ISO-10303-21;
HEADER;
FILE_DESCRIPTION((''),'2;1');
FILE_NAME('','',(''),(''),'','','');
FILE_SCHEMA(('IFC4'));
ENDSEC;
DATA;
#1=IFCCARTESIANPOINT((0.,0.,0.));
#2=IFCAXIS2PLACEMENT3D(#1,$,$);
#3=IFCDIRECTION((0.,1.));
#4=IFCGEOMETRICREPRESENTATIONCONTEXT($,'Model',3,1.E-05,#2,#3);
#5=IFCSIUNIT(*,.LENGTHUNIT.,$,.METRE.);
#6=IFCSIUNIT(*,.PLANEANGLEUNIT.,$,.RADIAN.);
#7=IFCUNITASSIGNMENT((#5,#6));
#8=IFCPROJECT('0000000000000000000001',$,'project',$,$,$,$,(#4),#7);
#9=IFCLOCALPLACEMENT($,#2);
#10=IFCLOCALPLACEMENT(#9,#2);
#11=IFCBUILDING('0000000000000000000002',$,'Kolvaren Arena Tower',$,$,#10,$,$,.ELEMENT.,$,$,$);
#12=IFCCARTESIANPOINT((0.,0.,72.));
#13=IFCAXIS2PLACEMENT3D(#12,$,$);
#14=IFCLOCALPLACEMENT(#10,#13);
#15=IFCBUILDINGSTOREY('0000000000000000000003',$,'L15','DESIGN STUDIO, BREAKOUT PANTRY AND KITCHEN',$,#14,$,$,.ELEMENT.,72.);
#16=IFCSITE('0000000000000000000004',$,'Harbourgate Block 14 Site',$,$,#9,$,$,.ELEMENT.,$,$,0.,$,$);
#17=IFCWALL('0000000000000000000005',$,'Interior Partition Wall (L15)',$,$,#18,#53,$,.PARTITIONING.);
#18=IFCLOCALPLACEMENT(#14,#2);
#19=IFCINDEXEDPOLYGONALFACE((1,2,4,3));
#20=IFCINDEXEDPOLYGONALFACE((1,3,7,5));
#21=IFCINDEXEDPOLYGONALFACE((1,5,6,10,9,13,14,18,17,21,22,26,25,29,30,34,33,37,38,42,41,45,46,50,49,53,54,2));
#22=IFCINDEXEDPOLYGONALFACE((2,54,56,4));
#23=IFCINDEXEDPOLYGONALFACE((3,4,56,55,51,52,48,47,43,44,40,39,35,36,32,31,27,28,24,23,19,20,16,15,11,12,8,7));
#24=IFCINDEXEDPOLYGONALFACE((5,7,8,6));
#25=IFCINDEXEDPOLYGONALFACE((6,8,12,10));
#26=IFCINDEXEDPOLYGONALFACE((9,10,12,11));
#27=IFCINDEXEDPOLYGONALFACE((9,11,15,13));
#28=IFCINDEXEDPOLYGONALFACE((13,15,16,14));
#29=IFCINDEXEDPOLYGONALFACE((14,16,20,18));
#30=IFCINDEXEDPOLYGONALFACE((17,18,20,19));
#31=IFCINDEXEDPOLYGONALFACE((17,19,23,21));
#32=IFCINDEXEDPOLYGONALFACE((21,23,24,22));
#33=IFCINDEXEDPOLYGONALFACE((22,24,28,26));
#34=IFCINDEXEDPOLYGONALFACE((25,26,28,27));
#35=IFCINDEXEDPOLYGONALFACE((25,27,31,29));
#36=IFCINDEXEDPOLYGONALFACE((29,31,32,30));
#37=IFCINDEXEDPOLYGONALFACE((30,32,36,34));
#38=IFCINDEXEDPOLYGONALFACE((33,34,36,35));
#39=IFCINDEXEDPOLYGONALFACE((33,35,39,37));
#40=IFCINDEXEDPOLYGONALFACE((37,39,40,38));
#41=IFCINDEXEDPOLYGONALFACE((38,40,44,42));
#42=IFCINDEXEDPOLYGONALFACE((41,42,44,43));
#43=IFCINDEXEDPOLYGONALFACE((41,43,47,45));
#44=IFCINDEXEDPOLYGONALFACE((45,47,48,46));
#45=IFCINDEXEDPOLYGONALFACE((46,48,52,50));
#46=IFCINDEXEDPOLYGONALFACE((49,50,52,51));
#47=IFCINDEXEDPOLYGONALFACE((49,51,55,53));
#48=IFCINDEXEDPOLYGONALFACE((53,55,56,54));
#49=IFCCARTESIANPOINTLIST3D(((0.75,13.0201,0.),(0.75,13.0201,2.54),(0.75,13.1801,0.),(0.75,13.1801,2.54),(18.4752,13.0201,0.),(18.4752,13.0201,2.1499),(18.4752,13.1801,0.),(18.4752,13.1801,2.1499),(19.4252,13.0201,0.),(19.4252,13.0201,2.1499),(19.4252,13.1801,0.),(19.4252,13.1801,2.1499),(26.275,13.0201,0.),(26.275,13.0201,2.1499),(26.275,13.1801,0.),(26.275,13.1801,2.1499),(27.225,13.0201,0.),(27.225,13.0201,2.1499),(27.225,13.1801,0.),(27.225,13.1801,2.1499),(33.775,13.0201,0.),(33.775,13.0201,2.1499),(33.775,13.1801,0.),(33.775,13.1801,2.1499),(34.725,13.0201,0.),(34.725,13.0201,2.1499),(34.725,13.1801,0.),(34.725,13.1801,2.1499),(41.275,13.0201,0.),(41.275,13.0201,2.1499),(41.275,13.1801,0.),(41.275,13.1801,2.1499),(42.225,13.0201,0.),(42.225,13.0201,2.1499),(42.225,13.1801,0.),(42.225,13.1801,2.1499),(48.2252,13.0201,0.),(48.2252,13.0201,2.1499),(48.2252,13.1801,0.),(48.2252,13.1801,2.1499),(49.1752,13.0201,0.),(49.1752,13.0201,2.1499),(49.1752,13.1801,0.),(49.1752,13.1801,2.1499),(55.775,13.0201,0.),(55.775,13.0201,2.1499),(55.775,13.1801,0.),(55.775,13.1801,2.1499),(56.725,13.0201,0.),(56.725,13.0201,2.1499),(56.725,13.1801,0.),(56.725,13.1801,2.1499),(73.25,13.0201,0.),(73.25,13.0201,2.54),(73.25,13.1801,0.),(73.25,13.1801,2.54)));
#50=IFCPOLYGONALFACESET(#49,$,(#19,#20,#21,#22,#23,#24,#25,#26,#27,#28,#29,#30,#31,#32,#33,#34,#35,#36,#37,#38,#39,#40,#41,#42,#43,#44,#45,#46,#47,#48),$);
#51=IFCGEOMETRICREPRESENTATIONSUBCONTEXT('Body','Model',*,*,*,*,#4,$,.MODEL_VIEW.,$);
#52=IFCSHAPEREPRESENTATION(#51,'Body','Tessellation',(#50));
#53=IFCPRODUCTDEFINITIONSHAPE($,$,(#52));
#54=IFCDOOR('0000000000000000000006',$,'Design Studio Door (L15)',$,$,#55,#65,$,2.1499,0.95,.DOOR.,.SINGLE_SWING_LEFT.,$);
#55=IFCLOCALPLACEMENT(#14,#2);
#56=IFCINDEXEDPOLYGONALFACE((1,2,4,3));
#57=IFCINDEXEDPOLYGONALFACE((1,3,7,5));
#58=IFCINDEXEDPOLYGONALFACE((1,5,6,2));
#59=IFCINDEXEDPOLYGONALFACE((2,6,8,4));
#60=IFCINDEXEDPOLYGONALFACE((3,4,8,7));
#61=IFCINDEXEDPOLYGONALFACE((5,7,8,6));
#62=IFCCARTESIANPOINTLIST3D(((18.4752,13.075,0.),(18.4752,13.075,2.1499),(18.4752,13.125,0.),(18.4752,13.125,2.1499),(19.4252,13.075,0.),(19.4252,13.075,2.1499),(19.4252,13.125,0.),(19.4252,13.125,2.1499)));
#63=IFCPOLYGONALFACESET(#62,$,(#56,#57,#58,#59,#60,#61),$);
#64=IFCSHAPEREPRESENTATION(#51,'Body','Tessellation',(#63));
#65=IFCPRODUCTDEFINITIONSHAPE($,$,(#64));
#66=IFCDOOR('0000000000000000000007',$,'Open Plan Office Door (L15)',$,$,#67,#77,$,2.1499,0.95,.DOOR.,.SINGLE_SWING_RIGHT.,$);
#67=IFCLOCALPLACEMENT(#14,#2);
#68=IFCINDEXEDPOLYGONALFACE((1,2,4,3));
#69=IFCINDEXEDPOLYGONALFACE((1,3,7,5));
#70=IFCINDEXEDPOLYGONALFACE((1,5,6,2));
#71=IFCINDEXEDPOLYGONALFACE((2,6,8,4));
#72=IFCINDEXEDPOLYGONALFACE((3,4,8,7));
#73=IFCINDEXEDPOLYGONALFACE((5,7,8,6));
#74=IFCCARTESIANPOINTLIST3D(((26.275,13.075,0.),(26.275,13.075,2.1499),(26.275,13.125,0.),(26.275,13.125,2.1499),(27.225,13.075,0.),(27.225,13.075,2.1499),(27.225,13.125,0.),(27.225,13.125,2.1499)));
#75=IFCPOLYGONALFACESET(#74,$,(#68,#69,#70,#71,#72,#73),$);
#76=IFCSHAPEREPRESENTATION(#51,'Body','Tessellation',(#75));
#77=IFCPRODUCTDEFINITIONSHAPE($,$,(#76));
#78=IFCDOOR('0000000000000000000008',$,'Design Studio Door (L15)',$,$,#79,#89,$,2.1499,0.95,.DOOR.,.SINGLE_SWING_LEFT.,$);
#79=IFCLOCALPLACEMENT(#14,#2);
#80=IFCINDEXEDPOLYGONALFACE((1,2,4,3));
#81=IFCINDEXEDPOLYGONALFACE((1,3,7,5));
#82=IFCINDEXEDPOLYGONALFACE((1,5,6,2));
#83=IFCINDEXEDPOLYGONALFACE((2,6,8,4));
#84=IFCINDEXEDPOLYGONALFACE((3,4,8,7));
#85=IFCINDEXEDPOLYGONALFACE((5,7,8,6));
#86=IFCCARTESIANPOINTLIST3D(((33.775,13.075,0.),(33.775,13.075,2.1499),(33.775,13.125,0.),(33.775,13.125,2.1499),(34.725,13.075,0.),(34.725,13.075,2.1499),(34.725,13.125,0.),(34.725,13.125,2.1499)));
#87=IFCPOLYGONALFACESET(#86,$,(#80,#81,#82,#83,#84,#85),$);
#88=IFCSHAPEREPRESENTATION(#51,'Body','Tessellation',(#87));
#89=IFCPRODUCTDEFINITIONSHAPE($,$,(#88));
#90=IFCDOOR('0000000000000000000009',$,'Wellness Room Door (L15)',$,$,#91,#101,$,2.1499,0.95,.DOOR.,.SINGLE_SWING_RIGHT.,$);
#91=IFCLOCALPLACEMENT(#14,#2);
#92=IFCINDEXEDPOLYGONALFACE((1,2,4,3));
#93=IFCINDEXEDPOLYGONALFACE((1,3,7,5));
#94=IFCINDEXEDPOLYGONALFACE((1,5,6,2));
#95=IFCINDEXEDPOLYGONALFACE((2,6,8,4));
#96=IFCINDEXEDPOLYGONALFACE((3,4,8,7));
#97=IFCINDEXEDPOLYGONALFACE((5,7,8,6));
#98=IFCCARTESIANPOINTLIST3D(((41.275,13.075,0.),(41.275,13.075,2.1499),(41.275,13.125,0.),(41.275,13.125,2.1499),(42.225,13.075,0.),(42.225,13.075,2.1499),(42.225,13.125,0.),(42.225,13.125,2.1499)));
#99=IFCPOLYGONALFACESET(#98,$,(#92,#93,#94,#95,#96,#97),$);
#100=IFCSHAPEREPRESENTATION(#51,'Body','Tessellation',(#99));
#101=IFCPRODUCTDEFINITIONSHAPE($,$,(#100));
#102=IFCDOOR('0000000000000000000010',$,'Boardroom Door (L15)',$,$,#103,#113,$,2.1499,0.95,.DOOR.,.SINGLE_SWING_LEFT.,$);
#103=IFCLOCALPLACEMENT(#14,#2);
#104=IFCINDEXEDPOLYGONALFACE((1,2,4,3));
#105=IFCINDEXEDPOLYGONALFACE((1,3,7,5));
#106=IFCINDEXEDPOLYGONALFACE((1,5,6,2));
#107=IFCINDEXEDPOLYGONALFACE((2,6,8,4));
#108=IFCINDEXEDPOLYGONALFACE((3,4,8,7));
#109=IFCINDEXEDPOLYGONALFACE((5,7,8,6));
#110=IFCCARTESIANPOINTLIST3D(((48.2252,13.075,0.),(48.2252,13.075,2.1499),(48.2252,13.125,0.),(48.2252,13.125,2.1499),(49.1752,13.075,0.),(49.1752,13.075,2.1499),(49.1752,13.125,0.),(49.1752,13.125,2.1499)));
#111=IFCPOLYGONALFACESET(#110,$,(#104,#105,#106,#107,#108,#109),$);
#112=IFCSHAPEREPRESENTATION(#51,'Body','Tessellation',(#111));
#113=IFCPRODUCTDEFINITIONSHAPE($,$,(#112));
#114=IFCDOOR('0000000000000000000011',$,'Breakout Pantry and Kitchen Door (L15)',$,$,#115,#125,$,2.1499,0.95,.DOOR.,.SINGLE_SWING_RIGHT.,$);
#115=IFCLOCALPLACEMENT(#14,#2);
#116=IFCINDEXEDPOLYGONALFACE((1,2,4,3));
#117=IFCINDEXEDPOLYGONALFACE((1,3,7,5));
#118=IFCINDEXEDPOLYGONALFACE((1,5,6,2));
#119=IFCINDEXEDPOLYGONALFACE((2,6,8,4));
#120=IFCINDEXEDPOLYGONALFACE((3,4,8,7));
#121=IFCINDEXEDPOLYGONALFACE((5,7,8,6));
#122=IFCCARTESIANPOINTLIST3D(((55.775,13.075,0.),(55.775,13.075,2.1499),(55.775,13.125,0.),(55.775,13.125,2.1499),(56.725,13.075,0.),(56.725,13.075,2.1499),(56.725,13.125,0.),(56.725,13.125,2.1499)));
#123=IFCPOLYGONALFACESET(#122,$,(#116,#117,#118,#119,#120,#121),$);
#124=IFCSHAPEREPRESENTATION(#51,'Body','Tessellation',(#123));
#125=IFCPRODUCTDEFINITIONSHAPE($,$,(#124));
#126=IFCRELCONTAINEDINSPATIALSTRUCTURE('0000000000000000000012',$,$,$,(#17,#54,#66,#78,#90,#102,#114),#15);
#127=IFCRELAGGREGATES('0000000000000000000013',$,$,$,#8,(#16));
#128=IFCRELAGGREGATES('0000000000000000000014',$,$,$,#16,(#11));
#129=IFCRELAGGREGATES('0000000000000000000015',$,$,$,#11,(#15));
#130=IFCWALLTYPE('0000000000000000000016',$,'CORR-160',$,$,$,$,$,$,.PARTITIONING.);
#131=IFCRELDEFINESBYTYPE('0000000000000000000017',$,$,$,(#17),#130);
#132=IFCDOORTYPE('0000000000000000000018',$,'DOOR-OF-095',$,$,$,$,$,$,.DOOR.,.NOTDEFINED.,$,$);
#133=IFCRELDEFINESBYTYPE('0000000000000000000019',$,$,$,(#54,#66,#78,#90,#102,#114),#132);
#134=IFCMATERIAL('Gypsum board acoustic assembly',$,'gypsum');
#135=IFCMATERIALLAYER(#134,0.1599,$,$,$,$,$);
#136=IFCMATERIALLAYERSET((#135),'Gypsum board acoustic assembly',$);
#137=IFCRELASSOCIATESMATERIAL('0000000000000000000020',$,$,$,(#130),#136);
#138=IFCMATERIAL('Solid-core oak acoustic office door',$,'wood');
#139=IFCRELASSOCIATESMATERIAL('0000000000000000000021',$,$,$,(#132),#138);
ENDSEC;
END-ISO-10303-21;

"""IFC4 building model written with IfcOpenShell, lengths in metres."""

from ifc_helpers import new_model, si_unit, direction, frame, frame_2d, origin, place, context, subcontext, project, spatial, rectangle, extrude, material, layer, layer_set, type_object, element, fill, save


model = new_model("IFC4")

# Units and contexts
model_context = context("Model", 3, precision=1e-05, world=origin(), true_north=direction((0.0, 1.0)))
body_context = subcontext(model_context, "Body", "Model", "MODEL_VIEW")
ifc_project = project(units=[si_unit("LENGTHUNIT", "METRE"), si_unit("PLANEANGLEUNIT", "RADIAN")], contexts=[model_context])

# Site, building, storey
site_placement = place(None, origin())
site = spatial("IfcSite", under=ifc_project, at=site_placement, Name="Harbourgate Block 14 Site", CompositionType="ELEMENT", RefElevation=0.0)
building_placement = place(site_placement, origin())
building = spatial("IfcBuilding", under=site, at=building_placement, Name="Kolvaren Arena Tower", CompositionType="ELEMENT")
storey_placement = place(building_placement, frame((0.0, 0.0, 72.0)))
storey = spatial("IfcBuildingStorey", under=building, at=storey_placement, Name="L15", Description="DESIGN STUDIO, BREAKOUT PANTRY AND KITCHEN", CompositionType="ELEMENT", Elevation=72.0)

# Wall, openings, doors
ifc_material_1 = material(Name="Gypsum board acoustic assembly", Category="gypsum")
ifc_layer_1 = layer(ifc_material_1, 0.1599)
ifc_layer_set_1 = layer_set([ifc_layer_1], Name="Gypsum board acoustic assembly")
wall_type_1 = type_object("IfcWallType", Name="CORR-160", PredefinedType="PARTITIONING", material=ifc_layer_set_1)
wall_1_placement = place(storey_placement, frame((0.75, 13.1001, 0.0), z_axis=(0.0, 0.0, 1.0), x_axis=(1.0, 0.0, 0.0)))
wall_1 = element("IfcWall", 1, at=wall_1_placement, inside=storey, type_object=wall_type_1, Name="Interior Partition Wall (L15)", PredefinedType="PARTITIONING", context=body_context, shape_type="SweptSolid", body=[
    extrude(rectangle(XDim=72.5, YDim=0.1599, at=frame_2d((36.25, 0.0))), origin(), (0.0, 0.0, 1.0), 2.54),
])
opening_1_placement = place(wall_1_placement, frame((17.7251, 0.0, 0.0)))
opening_1 = element("IfcOpeningElement", 2, at=opening_1_placement, cuts=wall_1, PredefinedType="OPENING", context=body_context, shape_type="SweptSolid", body=[
    extrude(rectangle(XDim=0.95, YDim=2.1499, at=frame_2d((0.4751, 1.075))), frame((0.0, 0.0898, 0.0), z_axis=(0.0, -1.0, 0.0), x_axis=(1.0, 0.0, 0.0)), (0.0, 0.0, 1.0), 0.1799),
])
opening_2_placement = place(wall_1_placement, frame((25.5249, 0.0, 0.0)))
opening_2 = element("IfcOpeningElement", 3, at=opening_2_placement, cuts=wall_1, PredefinedType="OPENING", context=body_context, shape_type="SweptSolid", body=[
    extrude(rectangle(XDim=0.95, YDim=2.1499, at=frame_2d((0.4751, 1.075))), frame((0.0, 0.0898, 0.0), z_axis=(0.0, -1.0, 0.0), x_axis=(1.0, 0.0, 0.0)), (0.0, 0.0, 1.0), 0.1799),
])
opening_3_placement = place(wall_1_placement, frame((33.0249, 0.0, 0.0)))
opening_3 = element("IfcOpeningElement", 4, at=opening_3_placement, cuts=wall_1, PredefinedType="OPENING", context=body_context, shape_type="SweptSolid", body=[
    extrude(rectangle(XDim=0.95, YDim=2.1499, at=frame_2d((0.4751, 1.075))), frame((0.0, 0.0898, 0.0), z_axis=(0.0, -1.0, 0.0), x_axis=(1.0, 0.0, 0.0)), (0.0, 0.0, 1.0), 0.1799),
])
opening_4_placement = place(wall_1_placement, frame((40.5249, 0.0, 0.0)))
opening_4 = element("IfcOpeningElement", 5, at=opening_4_placement, cuts=wall_1, PredefinedType="OPENING", context=body_context, shape_type="SweptSolid", body=[
    extrude(rectangle(XDim=0.95, YDim=2.1499, at=frame_2d((0.4751, 1.075))), frame((0.0, 0.0898, 0.0), z_axis=(0.0, -1.0, 0.0), x_axis=(1.0, 0.0, 0.0)), (0.0, 0.0, 1.0), 0.1799),
])
opening_5_placement = place(wall_1_placement, frame((47.4751, 0.0, 0.0)))
opening_5 = element("IfcOpeningElement", 6, at=opening_5_placement, cuts=wall_1, PredefinedType="OPENING", context=body_context, shape_type="SweptSolid", body=[
    extrude(rectangle(XDim=0.95, YDim=2.1499, at=frame_2d((0.4751, 1.075))), frame((0.0, 0.0898, 0.0), z_axis=(0.0, -1.0, 0.0), x_axis=(1.0, 0.0, 0.0)), (0.0, 0.0, 1.0), 0.1799),
])
opening_6_placement = place(wall_1_placement, frame((55.0249, 0.0, 0.0)))
opening_6 = element("IfcOpeningElement", 7, at=opening_6_placement, cuts=wall_1, PredefinedType="OPENING", context=body_context, shape_type="SweptSolid", body=[
    extrude(rectangle(XDim=0.95, YDim=2.1499, at=frame_2d((0.4751, 1.075))), frame((0.0, 0.0898, 0.0), z_axis=(0.0, -1.0, 0.0), x_axis=(1.0, 0.0, 0.0)), (0.0, 0.0, 1.0), 0.1799),
])
ifc_material_2 = material(Name="Solid-core oak acoustic office door", Category="wood")
door_type = type_object("IfcDoorType", Name="DOOR-OF-095", OperationType="NOTDEFINED", PredefinedType="DOOR", material=ifc_material_2)
door_1_placement = place(opening_1_placement, origin())
door_1 = element("IfcDoor", 8, at=door_1_placement, inside=storey, type_object=door_type, Name="Design Studio Door (L15)", OperationType="SINGLE_SWING_LEFT", OverallHeight=2.1499, OverallWidth=0.95, PredefinedType="DOOR", context=body_context, shape_type="SweptSolid", body=[
    extrude(rectangle(XDim=0.95, YDim=2.1499, at=frame_2d((0.4751, 1.075))), frame((0.0, 0.0249, 0.0), z_axis=(0.0, -1.0, 0.0), x_axis=(1.0, 0.0, 0.0)), (0.0, 0.0, 1.0), 0.05),
])
fill(opening_1, door_1)
door_2_placement = place(opening_2_placement, origin())
door_2 = element("IfcDoor", 9, at=door_2_placement, inside=storey, type_object=door_type, Name="Open Plan Office Door (L15)", OperationType="SINGLE_SWING_RIGHT", OverallHeight=2.1499, OverallWidth=0.95, PredefinedType="DOOR", context=body_context, shape_type="SweptSolid", body=[
    extrude(rectangle(XDim=0.95, YDim=2.1499, at=frame_2d((0.4751, 1.075))), frame((0.0, 0.0249, 0.0), z_axis=(0.0, -1.0, 0.0), x_axis=(1.0, 0.0, 0.0)), (0.0, 0.0, 1.0), 0.05),
])
fill(opening_2, door_2)
door_3_placement = place(opening_3_placement, origin())
door_3 = element("IfcDoor", 10, at=door_3_placement, inside=storey, type_object=door_type, Name="Design Studio Door (L15)", OperationType="SINGLE_SWING_LEFT", OverallHeight=2.1499, OverallWidth=0.95, PredefinedType="DOOR", context=body_context, shape_type="SweptSolid", body=[
    extrude(rectangle(XDim=0.95, YDim=2.1499, at=frame_2d((0.4751, 1.075))), frame((0.0, 0.0249, 0.0), z_axis=(0.0, -1.0, 0.0), x_axis=(1.0, 0.0, 0.0)), (0.0, 0.0, 1.0), 0.05),
])
fill(opening_3, door_3)
door_4_placement = place(opening_4_placement, origin())
door_4 = element("IfcDoor", 11, at=door_4_placement, inside=storey, type_object=door_type, Name="Wellness Room Door (L15)", OperationType="SINGLE_SWING_RIGHT", OverallHeight=2.1499, OverallWidth=0.95, PredefinedType="DOOR", context=body_context, shape_type="SweptSolid", body=[
    extrude(rectangle(XDim=0.95, YDim=2.1499, at=frame_2d((0.4751, 1.075))), frame((0.0, 0.0249, 0.0), z_axis=(0.0, -1.0, 0.0), x_axis=(1.0, 0.0, 0.0)), (0.0, 0.0, 1.0), 0.05),
])
fill(opening_4, door_4)
door_5_placement = place(opening_5_placement, origin())
door_5 = element("IfcDoor", 12, at=door_5_placement, inside=storey, type_object=door_type, Name="Boardroom Door (L15)", OperationType="SINGLE_SWING_LEFT", OverallHeight=2.1499, OverallWidth=0.95, PredefinedType="DOOR", context=body_context, shape_type="SweptSolid", body=[
    extrude(rectangle(XDim=0.95, YDim=2.1499, at=frame_2d((0.4751, 1.075))), frame((0.0, 0.0249, 0.0), z_axis=(0.0, -1.0, 0.0), x_axis=(1.0, 0.0, 0.0)), (0.0, 0.0, 1.0), 0.05),
])
fill(opening_5, door_5)
door_6_placement = place(opening_6_placement, origin())
door_6 = element("IfcDoor", 13, at=door_6_placement, inside=storey, type_object=door_type, Name="Breakout Pantry and Kitchen Door (L15)", OperationType="SINGLE_SWING_RIGHT", OverallHeight=2.1499, OverallWidth=0.95, PredefinedType="DOOR", context=body_context, shape_type="SweptSolid", body=[
    extrude(rectangle(XDim=0.95, YDim=2.1499, at=frame_2d((0.4751, 1.075))), frame((0.0, 0.0249, 0.0), z_axis=(0.0, -1.0, 0.0), x_axis=(1.0, 0.0, 0.0)), (0.0, 0.0, 1.0), 0.05),
])
fill(opening_6, door_6)

save(model, "model.ifc")
